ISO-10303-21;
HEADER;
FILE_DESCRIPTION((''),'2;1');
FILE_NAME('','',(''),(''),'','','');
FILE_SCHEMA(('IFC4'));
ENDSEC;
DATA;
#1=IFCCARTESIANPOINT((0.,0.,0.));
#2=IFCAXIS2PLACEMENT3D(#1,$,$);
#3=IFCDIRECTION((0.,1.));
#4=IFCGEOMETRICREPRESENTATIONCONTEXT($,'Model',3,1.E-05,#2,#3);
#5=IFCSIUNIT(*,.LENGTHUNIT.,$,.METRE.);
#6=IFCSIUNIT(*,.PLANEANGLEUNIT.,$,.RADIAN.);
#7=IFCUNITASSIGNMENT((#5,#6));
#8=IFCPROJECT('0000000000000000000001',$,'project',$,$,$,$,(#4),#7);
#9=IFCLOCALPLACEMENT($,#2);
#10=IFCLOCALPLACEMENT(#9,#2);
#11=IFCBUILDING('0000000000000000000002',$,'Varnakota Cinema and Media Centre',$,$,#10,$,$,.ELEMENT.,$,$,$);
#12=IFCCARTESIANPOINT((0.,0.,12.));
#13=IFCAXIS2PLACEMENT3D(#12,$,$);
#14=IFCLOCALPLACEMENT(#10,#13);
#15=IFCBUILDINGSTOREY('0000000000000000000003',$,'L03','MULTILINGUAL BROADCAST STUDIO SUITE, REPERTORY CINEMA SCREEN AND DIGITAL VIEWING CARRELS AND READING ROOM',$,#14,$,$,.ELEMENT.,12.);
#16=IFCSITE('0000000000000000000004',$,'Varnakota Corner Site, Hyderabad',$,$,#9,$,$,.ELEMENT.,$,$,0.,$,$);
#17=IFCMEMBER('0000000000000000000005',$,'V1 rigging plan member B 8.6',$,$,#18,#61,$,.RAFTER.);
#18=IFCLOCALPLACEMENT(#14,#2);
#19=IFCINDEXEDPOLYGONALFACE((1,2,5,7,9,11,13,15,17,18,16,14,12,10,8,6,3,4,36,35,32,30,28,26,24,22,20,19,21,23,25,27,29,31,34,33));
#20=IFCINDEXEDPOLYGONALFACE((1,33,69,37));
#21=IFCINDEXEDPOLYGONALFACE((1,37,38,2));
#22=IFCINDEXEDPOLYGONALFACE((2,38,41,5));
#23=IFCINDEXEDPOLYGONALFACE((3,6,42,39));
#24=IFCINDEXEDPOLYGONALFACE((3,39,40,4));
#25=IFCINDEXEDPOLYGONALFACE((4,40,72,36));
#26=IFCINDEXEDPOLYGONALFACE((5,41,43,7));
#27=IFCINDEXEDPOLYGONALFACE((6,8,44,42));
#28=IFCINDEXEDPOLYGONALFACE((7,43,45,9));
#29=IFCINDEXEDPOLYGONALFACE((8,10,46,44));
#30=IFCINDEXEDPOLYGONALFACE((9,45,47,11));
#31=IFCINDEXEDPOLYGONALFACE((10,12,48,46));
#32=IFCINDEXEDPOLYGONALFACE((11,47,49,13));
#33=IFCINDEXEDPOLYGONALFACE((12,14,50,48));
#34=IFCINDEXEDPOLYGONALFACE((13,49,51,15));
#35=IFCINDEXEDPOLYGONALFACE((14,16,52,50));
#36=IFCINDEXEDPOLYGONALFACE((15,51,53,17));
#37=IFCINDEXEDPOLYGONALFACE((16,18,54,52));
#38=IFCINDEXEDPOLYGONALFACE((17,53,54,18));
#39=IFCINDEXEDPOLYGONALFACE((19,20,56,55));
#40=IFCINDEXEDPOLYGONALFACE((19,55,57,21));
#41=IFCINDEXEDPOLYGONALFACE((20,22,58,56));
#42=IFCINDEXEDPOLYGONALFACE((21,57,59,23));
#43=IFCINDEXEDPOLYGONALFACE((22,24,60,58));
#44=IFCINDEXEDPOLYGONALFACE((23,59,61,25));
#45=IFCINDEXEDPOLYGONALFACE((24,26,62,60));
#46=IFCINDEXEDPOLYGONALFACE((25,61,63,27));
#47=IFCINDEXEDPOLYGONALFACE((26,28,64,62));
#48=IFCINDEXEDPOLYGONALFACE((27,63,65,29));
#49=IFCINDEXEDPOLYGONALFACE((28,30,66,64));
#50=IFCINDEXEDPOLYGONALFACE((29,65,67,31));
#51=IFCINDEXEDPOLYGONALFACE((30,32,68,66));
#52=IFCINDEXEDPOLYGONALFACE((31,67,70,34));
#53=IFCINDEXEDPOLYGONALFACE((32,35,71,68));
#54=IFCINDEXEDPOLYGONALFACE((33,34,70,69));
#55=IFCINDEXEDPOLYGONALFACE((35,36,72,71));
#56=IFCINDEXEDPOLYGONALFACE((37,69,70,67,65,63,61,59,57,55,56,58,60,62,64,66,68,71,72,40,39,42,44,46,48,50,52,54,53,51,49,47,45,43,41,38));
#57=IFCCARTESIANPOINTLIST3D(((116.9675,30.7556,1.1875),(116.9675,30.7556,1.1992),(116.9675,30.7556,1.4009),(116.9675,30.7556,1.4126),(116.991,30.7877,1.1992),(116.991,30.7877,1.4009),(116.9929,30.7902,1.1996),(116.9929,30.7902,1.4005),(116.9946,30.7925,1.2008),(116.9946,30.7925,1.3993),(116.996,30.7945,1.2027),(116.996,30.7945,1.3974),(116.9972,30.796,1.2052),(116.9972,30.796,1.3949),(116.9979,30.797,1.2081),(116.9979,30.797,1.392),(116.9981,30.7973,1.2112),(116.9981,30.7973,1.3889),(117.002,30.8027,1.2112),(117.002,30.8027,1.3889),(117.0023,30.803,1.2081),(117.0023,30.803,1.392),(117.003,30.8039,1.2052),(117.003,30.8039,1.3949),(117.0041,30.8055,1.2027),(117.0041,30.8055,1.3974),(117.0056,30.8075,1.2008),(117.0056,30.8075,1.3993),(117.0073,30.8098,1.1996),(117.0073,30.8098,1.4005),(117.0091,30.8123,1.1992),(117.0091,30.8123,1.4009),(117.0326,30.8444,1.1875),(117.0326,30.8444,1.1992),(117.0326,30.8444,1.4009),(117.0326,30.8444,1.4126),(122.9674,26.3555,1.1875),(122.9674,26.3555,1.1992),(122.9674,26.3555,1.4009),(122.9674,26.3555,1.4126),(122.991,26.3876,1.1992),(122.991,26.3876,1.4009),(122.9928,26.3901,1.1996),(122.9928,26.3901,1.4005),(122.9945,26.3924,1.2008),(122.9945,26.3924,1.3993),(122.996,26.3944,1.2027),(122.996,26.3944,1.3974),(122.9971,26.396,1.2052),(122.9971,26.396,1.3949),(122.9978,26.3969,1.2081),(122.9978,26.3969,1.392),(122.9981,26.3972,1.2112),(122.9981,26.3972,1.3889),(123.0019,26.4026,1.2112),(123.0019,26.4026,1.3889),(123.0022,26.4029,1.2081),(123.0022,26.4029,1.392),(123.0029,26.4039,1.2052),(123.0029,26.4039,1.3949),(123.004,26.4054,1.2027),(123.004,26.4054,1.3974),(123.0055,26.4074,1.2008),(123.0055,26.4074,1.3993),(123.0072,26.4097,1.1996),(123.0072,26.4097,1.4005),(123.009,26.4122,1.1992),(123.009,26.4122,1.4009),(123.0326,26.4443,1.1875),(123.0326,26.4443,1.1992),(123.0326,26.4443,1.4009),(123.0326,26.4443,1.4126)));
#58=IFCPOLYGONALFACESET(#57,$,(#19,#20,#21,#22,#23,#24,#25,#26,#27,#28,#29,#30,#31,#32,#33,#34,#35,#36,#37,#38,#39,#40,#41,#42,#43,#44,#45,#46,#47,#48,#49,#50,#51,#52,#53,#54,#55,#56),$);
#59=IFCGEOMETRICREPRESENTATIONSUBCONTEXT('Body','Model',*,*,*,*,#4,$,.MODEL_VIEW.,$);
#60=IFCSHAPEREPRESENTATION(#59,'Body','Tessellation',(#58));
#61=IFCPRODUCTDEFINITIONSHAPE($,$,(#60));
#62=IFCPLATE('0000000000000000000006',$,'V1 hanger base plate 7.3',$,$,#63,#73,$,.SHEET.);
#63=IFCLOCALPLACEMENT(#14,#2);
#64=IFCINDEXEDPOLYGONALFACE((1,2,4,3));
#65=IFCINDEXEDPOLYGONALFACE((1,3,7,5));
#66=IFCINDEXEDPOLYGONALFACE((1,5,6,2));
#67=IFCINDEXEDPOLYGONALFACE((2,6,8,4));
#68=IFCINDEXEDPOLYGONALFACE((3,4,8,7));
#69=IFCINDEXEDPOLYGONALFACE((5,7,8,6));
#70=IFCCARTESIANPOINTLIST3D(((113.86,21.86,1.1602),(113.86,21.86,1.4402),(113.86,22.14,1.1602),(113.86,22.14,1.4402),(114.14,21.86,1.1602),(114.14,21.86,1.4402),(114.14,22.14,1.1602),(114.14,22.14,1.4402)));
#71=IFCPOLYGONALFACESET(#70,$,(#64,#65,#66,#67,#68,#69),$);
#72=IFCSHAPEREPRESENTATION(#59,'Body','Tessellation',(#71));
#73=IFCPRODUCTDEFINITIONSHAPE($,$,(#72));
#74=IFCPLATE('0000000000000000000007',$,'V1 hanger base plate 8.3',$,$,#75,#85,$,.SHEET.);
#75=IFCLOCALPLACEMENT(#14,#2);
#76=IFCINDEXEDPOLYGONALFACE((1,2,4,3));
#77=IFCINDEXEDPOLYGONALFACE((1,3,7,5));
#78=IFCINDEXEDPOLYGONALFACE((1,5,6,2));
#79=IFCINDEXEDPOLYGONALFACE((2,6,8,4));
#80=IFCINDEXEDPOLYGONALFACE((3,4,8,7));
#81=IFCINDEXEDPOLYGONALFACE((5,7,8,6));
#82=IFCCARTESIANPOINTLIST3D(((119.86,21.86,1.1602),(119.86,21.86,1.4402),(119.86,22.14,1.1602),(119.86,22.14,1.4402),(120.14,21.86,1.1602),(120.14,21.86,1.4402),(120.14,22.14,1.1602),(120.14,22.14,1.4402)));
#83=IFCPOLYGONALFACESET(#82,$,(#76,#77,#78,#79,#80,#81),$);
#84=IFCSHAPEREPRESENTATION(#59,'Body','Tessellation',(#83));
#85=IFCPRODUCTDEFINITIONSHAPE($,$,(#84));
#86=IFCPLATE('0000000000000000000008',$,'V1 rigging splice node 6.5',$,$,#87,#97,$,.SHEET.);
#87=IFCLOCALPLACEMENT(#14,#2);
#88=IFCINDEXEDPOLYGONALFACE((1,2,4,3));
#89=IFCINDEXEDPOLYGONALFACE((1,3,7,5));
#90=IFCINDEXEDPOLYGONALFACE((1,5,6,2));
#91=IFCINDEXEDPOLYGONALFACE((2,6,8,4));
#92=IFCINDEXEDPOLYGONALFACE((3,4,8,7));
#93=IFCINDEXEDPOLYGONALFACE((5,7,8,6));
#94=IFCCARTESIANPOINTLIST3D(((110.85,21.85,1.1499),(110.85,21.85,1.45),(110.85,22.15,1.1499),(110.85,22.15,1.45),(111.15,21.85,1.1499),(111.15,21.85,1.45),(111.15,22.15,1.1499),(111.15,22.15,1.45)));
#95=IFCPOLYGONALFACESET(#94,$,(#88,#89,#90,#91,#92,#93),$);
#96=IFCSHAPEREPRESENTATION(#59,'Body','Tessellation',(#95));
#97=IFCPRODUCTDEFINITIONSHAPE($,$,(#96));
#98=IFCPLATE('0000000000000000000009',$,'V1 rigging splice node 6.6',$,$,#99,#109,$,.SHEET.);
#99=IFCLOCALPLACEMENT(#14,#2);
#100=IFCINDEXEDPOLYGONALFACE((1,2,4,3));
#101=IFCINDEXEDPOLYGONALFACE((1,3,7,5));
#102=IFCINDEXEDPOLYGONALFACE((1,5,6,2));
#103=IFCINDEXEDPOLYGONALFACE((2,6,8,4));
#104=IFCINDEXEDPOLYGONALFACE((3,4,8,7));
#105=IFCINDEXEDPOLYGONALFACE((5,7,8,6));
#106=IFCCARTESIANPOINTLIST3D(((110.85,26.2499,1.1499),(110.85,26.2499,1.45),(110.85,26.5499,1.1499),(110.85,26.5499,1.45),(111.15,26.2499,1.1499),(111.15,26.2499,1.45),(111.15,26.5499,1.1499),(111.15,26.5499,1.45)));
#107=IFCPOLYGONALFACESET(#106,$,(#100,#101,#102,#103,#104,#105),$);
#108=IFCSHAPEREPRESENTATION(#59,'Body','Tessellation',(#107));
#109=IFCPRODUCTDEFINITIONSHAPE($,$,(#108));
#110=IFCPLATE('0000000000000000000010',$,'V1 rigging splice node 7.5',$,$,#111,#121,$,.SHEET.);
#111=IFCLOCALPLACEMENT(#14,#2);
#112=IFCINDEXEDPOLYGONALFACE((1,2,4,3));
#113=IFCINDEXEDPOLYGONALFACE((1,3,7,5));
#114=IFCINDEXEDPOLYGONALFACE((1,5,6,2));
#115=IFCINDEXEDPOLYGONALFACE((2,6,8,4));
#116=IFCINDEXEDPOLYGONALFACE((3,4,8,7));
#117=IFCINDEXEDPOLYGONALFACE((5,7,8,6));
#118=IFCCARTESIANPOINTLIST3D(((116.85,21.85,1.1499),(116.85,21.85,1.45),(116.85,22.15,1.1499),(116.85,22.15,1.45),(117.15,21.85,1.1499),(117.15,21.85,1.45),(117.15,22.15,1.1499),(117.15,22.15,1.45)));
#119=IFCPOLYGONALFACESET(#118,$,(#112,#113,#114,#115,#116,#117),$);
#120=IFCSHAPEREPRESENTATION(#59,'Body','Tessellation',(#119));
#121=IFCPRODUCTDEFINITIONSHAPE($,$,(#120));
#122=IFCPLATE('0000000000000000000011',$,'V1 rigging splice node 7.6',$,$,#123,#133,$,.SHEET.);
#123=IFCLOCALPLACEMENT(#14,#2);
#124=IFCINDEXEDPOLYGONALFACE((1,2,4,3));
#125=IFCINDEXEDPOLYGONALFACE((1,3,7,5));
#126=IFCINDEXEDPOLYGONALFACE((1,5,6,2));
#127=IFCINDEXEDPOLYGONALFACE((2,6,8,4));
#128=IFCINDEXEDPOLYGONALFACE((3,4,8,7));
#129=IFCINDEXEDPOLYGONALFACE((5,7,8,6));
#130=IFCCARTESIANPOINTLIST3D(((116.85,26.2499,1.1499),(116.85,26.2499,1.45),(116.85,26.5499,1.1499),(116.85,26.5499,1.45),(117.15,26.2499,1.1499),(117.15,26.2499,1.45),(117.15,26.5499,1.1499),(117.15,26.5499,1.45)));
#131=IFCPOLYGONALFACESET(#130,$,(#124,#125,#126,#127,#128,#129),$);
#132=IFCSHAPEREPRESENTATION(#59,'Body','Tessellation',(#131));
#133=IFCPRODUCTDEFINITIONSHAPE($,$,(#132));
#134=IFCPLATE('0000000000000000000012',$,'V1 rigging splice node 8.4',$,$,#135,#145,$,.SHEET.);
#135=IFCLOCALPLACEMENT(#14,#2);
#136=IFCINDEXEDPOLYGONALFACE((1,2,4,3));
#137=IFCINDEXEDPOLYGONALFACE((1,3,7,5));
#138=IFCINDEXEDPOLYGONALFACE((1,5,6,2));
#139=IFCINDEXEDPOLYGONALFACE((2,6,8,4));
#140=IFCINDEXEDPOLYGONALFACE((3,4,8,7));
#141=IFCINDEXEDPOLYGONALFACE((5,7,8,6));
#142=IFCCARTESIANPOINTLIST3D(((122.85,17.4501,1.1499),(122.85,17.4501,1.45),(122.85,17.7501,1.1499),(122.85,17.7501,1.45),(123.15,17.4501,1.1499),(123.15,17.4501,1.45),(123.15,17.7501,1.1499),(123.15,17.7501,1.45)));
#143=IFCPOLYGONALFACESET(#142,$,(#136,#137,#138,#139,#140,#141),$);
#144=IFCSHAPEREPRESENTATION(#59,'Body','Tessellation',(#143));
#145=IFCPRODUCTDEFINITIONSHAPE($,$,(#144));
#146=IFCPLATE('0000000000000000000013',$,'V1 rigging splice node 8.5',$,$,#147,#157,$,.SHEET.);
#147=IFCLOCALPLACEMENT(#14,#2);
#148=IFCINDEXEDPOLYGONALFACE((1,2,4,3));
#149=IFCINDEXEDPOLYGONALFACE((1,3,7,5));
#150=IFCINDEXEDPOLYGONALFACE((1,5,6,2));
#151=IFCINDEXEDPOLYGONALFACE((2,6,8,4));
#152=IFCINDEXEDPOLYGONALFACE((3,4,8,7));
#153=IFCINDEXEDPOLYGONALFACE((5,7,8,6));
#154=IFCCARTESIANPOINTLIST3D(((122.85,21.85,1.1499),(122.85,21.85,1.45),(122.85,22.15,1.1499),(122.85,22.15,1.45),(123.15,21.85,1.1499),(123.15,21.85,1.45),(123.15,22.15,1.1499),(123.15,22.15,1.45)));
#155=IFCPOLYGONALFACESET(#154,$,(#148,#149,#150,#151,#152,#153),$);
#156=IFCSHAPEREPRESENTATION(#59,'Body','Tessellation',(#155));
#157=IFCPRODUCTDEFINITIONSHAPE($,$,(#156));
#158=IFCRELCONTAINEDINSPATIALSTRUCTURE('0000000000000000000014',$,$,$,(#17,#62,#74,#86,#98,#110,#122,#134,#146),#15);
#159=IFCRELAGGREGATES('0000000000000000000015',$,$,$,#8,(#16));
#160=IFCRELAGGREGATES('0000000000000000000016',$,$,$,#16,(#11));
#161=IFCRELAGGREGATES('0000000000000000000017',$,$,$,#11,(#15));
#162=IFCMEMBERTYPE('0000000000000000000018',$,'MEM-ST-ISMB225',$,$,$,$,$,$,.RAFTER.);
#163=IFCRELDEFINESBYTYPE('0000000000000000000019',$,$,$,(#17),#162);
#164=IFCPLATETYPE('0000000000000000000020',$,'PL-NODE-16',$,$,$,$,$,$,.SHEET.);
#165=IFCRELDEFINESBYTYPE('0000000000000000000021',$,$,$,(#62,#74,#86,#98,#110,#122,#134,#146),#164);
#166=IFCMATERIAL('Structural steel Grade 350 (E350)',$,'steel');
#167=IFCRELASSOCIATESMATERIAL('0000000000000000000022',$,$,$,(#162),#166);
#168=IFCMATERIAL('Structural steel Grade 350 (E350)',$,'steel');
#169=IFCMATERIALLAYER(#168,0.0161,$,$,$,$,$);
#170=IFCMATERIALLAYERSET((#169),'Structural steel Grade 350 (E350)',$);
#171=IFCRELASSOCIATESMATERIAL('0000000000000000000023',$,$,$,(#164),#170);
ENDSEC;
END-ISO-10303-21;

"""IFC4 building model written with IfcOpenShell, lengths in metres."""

from ifc_helpers import new_model, si_unit, direction, frame, origin, origin_2d, place, context, subcontext, project, spatial, rectangle, i_section, extrude, material, layer, layer_set, material_profile, profile_set, type_object, element, save


model = new_model("IFC4")

# Units and contexts
model_context = context("Model", 3, precision=1e-05, world=origin(), true_north=direction((0.0, 1.0)))
body_context = subcontext(model_context, "Body", "Model", "MODEL_VIEW")
ifc_project = project(units=[si_unit("LENGTHUNIT", "METRE"), si_unit("PLANEANGLEUNIT", "RADIAN")], contexts=[model_context])

# Site, building, storey
site_placement = place(None, origin())
site = spatial("IfcSite", under=ifc_project, at=site_placement, Name="Varnakota Corner Site, Hyderabad", CompositionType="ELEMENT", RefElevation=0.0)
building_placement = place(site_placement, origin())
building = spatial("IfcBuilding", under=site, at=building_placement, Name="Varnakota Cinema and Media Centre", CompositionType="ELEMENT")
storey_placement = place(building_placement, frame((0.0, 0.0, 12.0)))
storey = spatial("IfcBuildingStorey", under=building, at=storey_placement, Name="L03", Description="MULTILINGUAL BROADCAST STUDIO SUITE, REPERTORY CINEMA SCREEN AND DIGITAL VIEWING CARRELS AND READING ROOM", CompositionType="ELEMENT", Elevation=12.0)

# Member
ifc_material_1 = material(Name="Structural steel Grade 350 (E350)", Category="steel")
ifc_material_profile_1 = material_profile(ifc_material_1, i_section(OverallWidth=0.1101, OverallDepth=0.2251, WebThickness=0.0066, FlangeThickness=0.0117, FilletRadius=0.012, at=origin_2d()), Name="ISMB 225")
ifc_profile_set_1 = profile_set([ifc_material_profile_1], Name="Structural steel Grade 350 (E350)")
member_type_1 = type_object("IfcMemberType", Name="MEM-ST-ISMB225", PredefinedType="RAFTER", material=ifc_profile_set_1)
member_1_placement = place(storey_placement, frame((123.0, 26.3999, 1.3), z_axis=(-0.806396, 0.591376, 0.0), x_axis=(-0.591376, -0.806396, 0.0)))
element("IfcMember", 1, at=member_1_placement, inside=storey, type_object=member_type_1, Name="V1 rigging plan member B 8.6", PredefinedType="RAFTER", context=body_context, shape_type="SweptSolid", body=[
    extrude(i_section(OverallWidth=0.1101, OverallDepth=0.2251, WebThickness=0.0066, FlangeThickness=0.0117, FilletRadius=0.012, at=origin_2d()), origin(), (0.0, 0.0, 1.0), 7.4404),
])

# Plates
ifc_material_2 = material(Name="Structural steel Grade 350 (E350)", Category="steel")
ifc_layer = layer(ifc_material_2, 0.0161)
ifc_layer_set = layer_set([ifc_layer], Name="Structural steel Grade 350 (E350)")
plate_type = type_object("IfcPlateType", Name="PL-NODE-16", PredefinedType="SHEET", material=ifc_layer_set)
for number, where, z_axis, x_axis, name in (
    (2, (114.0, 22.0, 1.1602), (0.0, 0.0, 1.0), (1.0, 0.0, 0.0), "V1 hanger base plate 7.3"),
    (3, (120.0, 22.0, 1.1602), (0.0, 0.0, 1.0), (1.0, 0.0, 0.0), "V1 hanger base plate 8.3"),
):
    element("IfcPlate", number, at=place(storey_placement, frame(where, z_axis=z_axis, x_axis=x_axis)), inside=storey, type_object=plate_type, Name=name, PredefinedType="SHEET", context=body_context, shape_type="SweptSolid", body=[
        extrude(rectangle(XDim=0.28, YDim=0.28, at=origin_2d()), origin(), (0.0, 0.0, 1.0), 0.28),
    ])
for number, where, z_axis, x_axis, name in (
    (4, (111.0, 22.0, 1.1499), (0.0, 0.0, 1.0), (1.0, 0.0, 0.0), "V1 rigging splice node 6.5"),
    (5, (111.0, 26.3999, 1.1499), (0.0, 0.0, 1.0), (1.0, 0.0, 0.0), "V1 rigging splice node 6.6"),
    (6, (117.0, 22.0, 1.1499), (0.0, 0.0, 1.0), (1.0, 0.0, 0.0), "V1 rigging splice node 7.5"),
    (7, (117.0, 26.3999, 1.1499), (0.0, 0.0, 1.0), (1.0, 0.0, 0.0), "V1 rigging splice node 7.6"),
    (8, (123.0, 17.6001, 1.1499), (0.0, 0.0, 1.0), (1.0, 0.0, 0.0), "V1 rigging splice node 8.4"),
    (9, (123.0, 22.0, 1.1499), (0.0, 0.0, 1.0), (1.0, 0.0, 0.0), "V1 rigging splice node 8.5"),
):
    element("IfcPlate", number, at=place(storey_placement, frame(where, z_axis=z_axis, x_axis=x_axis)), inside=storey, type_object=plate_type, Name=name, PredefinedType="SHEET", context=body_context, shape_type="SweptSolid", body=[
        extrude(rectangle(XDim=0.3, YDim=0.3, at=origin_2d()), origin(), (0.0, 0.0, 1.0), 0.3),
    ])

save(model, "model.ifc")
